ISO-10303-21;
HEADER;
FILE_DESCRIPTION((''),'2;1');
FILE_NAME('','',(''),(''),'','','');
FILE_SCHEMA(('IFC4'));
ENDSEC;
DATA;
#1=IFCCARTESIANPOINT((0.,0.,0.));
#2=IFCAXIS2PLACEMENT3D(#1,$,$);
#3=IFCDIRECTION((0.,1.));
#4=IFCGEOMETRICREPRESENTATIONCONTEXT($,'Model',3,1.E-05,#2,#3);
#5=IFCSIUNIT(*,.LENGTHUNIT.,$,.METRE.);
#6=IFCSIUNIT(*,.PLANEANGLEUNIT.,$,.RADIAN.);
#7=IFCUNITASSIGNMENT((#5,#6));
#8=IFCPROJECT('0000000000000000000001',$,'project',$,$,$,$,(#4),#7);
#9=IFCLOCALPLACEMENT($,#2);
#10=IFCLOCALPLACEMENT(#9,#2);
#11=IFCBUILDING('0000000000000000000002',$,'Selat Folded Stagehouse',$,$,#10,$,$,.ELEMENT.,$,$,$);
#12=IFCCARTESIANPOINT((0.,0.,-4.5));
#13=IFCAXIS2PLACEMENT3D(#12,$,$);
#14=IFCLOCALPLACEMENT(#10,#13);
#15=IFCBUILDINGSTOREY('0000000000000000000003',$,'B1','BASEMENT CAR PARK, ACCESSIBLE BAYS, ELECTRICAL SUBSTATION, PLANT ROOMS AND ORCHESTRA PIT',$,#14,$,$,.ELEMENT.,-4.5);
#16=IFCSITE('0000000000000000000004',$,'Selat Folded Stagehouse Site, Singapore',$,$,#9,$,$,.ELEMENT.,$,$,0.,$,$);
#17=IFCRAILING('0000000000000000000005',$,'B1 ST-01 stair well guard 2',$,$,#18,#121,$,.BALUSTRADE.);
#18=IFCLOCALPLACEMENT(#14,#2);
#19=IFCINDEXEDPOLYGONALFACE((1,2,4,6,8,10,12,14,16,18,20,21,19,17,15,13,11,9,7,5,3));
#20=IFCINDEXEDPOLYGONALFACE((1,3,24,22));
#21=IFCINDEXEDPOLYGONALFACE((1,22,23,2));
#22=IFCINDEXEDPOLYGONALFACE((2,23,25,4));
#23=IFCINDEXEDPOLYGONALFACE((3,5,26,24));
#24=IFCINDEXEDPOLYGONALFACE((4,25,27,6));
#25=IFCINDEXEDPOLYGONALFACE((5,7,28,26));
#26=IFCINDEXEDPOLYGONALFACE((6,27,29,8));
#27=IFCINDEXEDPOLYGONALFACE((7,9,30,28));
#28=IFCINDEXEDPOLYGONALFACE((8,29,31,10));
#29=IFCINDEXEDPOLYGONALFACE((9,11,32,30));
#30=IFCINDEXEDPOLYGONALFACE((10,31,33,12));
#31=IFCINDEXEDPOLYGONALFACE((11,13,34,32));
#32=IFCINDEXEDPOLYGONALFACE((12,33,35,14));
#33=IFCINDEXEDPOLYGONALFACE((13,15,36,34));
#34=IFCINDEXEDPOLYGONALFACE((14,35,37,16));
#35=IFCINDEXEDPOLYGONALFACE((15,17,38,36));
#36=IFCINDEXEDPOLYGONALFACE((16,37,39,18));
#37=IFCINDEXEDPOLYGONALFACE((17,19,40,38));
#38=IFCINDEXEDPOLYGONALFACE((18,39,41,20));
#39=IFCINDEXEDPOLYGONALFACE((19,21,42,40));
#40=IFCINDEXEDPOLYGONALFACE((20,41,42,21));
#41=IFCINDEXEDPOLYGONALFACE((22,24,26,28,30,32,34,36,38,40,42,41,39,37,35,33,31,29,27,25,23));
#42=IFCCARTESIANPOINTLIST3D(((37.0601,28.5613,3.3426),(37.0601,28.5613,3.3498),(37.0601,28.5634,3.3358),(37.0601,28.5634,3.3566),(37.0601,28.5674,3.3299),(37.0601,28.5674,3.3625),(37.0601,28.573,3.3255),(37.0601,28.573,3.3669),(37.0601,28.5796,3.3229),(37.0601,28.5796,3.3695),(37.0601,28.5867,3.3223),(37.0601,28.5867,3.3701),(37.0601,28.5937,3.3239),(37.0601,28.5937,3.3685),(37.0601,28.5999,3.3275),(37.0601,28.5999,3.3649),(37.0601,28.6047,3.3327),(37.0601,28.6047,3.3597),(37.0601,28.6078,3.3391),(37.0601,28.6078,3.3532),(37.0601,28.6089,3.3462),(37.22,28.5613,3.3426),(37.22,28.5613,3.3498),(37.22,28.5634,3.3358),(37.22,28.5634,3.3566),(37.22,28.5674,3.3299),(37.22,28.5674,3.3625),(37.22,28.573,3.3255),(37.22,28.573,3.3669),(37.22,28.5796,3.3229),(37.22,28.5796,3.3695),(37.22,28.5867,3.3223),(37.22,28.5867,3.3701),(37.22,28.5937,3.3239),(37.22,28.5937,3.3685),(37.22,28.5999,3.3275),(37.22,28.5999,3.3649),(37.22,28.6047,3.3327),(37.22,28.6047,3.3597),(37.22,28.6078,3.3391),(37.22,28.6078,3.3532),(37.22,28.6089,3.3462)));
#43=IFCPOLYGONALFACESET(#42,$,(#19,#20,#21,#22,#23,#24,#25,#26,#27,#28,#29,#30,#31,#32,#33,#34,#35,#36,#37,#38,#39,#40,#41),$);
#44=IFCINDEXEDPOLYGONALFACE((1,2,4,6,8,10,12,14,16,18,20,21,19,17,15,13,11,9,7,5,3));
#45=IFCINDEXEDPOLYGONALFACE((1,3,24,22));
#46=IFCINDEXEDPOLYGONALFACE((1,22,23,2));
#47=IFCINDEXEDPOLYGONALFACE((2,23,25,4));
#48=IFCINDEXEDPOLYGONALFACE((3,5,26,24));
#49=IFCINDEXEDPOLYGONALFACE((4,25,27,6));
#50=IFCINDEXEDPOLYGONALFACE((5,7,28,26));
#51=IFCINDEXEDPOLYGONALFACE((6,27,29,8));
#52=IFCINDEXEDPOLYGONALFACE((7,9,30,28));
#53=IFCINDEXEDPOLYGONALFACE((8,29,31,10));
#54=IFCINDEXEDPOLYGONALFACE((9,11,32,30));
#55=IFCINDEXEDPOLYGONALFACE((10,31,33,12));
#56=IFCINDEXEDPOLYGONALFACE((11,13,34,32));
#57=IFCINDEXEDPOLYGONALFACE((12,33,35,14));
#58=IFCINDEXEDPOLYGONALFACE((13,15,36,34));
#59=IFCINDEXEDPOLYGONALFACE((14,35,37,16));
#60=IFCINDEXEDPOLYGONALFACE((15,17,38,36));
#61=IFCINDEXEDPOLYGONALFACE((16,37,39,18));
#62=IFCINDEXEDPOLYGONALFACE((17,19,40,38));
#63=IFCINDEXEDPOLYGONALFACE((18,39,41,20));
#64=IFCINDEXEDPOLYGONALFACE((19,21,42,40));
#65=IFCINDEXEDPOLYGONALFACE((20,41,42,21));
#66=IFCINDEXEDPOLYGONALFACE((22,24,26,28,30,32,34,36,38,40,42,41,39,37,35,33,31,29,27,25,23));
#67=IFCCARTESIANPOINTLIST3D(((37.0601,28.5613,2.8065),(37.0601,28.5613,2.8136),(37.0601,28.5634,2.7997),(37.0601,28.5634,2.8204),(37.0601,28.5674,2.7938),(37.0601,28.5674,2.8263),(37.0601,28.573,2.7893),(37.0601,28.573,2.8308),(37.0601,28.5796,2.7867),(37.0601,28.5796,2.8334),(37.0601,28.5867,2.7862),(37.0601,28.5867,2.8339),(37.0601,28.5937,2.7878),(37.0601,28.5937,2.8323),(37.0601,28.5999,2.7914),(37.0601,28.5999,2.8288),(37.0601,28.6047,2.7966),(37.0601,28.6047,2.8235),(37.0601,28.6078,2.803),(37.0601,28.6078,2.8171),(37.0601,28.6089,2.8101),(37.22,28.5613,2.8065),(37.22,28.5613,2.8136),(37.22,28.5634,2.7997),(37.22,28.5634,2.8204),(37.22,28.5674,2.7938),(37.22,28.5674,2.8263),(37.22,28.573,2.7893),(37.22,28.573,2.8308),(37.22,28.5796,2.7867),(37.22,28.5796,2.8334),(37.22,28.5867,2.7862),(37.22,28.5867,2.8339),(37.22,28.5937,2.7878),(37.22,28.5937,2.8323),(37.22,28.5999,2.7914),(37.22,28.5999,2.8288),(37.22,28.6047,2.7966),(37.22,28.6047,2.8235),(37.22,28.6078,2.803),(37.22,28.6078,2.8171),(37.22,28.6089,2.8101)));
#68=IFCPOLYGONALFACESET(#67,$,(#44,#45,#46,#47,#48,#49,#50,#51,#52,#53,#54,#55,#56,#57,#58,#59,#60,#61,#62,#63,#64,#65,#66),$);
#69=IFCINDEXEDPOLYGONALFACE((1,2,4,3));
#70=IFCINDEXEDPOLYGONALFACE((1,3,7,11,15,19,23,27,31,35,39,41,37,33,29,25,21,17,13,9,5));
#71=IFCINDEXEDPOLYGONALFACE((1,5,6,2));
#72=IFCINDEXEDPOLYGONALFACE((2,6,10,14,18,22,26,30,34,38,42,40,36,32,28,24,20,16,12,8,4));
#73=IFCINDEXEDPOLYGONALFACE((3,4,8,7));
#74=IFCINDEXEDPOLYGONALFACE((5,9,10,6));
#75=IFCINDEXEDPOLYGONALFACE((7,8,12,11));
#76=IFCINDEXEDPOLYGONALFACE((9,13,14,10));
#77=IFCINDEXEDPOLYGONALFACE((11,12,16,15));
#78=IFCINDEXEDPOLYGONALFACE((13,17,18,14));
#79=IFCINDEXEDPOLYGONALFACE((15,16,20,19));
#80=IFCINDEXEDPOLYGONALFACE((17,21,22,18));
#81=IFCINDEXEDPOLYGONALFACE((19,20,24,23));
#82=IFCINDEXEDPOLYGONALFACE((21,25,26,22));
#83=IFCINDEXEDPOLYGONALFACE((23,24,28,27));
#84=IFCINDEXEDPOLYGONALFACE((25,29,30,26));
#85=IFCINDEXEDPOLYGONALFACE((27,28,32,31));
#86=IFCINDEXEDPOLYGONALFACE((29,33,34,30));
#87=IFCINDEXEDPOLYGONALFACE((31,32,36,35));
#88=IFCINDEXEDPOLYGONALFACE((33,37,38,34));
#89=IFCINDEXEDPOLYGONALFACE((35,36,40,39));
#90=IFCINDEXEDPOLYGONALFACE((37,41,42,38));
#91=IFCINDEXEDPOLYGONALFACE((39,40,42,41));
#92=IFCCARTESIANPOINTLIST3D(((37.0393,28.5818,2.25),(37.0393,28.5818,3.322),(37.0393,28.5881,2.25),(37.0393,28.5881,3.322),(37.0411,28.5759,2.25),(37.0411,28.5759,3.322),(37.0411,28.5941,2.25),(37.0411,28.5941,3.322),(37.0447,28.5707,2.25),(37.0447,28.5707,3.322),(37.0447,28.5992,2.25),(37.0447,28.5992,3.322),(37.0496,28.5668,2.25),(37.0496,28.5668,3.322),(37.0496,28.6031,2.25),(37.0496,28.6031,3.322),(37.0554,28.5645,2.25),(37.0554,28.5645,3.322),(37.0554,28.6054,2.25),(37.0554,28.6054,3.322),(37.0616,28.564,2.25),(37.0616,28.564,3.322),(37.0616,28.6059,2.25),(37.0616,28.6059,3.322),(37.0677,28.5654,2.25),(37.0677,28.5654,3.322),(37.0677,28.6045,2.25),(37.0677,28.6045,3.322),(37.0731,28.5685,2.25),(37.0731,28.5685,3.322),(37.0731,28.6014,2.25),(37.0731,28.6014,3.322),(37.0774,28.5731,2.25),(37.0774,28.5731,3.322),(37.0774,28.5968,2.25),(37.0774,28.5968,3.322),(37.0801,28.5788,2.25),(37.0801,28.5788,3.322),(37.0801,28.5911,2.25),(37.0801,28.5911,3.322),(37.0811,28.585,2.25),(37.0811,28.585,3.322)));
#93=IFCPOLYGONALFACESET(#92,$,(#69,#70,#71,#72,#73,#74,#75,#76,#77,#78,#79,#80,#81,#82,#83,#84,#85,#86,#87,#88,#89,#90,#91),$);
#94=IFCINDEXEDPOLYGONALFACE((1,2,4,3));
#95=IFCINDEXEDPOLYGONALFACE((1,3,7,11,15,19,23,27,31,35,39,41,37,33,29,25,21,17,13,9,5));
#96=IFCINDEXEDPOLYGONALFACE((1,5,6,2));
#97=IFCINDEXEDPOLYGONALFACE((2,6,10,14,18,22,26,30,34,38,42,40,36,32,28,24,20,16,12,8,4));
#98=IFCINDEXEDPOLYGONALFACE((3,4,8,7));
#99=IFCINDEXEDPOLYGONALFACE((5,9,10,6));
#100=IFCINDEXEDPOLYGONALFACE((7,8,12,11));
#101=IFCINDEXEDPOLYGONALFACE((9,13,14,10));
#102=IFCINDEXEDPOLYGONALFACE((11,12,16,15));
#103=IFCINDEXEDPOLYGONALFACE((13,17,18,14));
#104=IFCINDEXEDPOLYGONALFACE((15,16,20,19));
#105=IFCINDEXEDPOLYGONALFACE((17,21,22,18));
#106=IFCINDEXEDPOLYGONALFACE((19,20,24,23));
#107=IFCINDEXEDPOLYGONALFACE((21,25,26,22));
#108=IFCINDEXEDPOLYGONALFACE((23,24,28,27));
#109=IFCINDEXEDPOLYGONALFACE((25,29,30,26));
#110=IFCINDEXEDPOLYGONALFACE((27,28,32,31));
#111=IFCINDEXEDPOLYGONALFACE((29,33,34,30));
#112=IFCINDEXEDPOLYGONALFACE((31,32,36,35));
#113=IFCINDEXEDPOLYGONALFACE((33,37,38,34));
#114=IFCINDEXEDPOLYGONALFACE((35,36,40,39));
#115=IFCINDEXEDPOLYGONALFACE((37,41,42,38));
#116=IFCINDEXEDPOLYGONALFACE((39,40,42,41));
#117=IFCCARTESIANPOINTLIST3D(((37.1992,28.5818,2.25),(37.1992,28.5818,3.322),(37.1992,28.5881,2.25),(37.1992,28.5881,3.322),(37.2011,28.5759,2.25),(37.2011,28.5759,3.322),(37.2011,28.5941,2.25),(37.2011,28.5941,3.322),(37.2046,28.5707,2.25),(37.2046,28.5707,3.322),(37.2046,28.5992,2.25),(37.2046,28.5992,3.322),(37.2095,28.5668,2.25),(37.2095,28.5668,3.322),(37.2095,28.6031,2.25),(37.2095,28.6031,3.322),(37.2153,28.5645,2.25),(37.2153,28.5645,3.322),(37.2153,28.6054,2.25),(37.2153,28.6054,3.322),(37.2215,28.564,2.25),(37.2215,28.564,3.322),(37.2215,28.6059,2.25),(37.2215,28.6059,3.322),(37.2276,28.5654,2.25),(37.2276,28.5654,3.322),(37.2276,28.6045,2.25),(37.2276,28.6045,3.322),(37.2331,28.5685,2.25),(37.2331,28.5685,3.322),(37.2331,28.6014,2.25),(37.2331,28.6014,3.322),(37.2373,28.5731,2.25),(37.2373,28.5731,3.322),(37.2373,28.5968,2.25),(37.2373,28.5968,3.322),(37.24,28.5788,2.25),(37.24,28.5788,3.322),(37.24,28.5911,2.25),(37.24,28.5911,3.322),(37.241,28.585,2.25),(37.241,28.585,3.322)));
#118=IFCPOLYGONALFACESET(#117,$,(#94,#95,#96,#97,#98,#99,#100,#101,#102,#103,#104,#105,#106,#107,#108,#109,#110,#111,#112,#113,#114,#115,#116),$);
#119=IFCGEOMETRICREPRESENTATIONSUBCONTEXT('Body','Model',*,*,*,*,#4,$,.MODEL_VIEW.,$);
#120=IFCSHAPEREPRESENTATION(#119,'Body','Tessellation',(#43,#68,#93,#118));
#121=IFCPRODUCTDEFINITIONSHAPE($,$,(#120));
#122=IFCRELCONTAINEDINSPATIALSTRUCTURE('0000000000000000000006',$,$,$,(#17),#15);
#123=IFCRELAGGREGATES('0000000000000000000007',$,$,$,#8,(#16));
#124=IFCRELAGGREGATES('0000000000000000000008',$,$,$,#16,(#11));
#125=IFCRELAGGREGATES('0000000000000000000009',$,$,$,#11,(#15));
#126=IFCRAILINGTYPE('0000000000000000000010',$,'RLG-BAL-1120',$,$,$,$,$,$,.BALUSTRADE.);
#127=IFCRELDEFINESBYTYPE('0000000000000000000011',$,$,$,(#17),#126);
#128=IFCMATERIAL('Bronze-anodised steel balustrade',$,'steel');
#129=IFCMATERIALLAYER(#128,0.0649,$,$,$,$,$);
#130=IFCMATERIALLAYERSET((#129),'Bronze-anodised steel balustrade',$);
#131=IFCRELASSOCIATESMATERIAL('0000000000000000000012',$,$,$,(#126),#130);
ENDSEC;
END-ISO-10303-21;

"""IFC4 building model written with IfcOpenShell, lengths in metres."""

from ifc_helpers import new_model, si_unit, direction, frame, origin, origin_2d, place, context, subcontext, project, spatial, circle, extrude, material, layer, layer_set, type_object, element, save


model = new_model("IFC4")

# Units and contexts
model_context = context("Model", 3, precision=1e-05, world=origin(), true_north=direction((0.0, 1.0)))
body_context = subcontext(model_context, "Body", "Model", "MODEL_VIEW")
ifc_project = project(units=[si_unit("LENGTHUNIT", "METRE"), si_unit("PLANEANGLEUNIT", "RADIAN")], contexts=[model_context])

# Site, building, storey
site_placement = place(None, origin())
site = spatial("IfcSite", under=ifc_project, at=site_placement, Name="Selat Folded Stagehouse Site, Singapore", CompositionType="ELEMENT", RefElevation=0.0)
building_placement = place(site_placement, origin())
building = spatial("IfcBuilding", under=site, at=building_placement, Name="Selat Folded Stagehouse", CompositionType="ELEMENT")
storey_placement = place(building_placement, frame((0.0, 0.0, -4.5)))
storey = spatial("IfcBuildingStorey", under=building, at=storey_placement, Name="B1", Description="BASEMENT CAR PARK, ACCESSIBLE BAYS, ELECTRICAL SUBSTATION, PLANT ROOMS AND ORCHESTRA PIT", CompositionType="ELEMENT", Elevation=-4.5)

# Railing
ifc_material_1 = material(Name="Bronze-anodised steel balustrade", Category="steel")
ifc_layer_1 = layer(ifc_material_1, 0.0649)
ifc_layer_set_1 = layer_set([ifc_layer_1], Name="Bronze-anodised steel balustrade")
railing_type_1 = type_object("IfcRailingType", Name="RLG-BAL-1120", PredefinedType="BALUSTRADE", material=ifc_layer_set_1)
railing_1_placement = place(storey_placement, frame((37.0601, 28.585, 2.25)))
element("IfcRailing", 1, at=railing_1_placement, inside=storey, type_object=railing_type_1, Name="B1 ST-01 stair well guard 2", PredefinedType="BALUSTRADE", context=body_context, shape_type="SweptSolid", body=[
    extrude(circle(Radius=0.0239, at=origin_2d()), frame((0.0, 0.0, 1.0962), z_axis=(1.0, 0.0, 0.0), x_axis=(0.0, 1.0, 0.0)), (0.0, 0.0, 1.0), 0.1599),
    extrude(circle(Radius=0.0239, at=origin_2d()), frame((0.0, 0.0, 0.5601), z_axis=(1.0, 0.0, 0.0), x_axis=(0.0, 1.0, 0.0)), (0.0, 0.0, 1.0), 0.1599),
    extrude(circle(Radius=0.021, at=origin_2d()), origin(), (0.0, 0.0, 1.0), 1.072),
    extrude(circle(Radius=0.021, at=origin_2d()), frame((0.1599, 0.0, 0.0)), (0.0, 0.0, 1.0), 1.072),
])

save(model, "model.ifc")
